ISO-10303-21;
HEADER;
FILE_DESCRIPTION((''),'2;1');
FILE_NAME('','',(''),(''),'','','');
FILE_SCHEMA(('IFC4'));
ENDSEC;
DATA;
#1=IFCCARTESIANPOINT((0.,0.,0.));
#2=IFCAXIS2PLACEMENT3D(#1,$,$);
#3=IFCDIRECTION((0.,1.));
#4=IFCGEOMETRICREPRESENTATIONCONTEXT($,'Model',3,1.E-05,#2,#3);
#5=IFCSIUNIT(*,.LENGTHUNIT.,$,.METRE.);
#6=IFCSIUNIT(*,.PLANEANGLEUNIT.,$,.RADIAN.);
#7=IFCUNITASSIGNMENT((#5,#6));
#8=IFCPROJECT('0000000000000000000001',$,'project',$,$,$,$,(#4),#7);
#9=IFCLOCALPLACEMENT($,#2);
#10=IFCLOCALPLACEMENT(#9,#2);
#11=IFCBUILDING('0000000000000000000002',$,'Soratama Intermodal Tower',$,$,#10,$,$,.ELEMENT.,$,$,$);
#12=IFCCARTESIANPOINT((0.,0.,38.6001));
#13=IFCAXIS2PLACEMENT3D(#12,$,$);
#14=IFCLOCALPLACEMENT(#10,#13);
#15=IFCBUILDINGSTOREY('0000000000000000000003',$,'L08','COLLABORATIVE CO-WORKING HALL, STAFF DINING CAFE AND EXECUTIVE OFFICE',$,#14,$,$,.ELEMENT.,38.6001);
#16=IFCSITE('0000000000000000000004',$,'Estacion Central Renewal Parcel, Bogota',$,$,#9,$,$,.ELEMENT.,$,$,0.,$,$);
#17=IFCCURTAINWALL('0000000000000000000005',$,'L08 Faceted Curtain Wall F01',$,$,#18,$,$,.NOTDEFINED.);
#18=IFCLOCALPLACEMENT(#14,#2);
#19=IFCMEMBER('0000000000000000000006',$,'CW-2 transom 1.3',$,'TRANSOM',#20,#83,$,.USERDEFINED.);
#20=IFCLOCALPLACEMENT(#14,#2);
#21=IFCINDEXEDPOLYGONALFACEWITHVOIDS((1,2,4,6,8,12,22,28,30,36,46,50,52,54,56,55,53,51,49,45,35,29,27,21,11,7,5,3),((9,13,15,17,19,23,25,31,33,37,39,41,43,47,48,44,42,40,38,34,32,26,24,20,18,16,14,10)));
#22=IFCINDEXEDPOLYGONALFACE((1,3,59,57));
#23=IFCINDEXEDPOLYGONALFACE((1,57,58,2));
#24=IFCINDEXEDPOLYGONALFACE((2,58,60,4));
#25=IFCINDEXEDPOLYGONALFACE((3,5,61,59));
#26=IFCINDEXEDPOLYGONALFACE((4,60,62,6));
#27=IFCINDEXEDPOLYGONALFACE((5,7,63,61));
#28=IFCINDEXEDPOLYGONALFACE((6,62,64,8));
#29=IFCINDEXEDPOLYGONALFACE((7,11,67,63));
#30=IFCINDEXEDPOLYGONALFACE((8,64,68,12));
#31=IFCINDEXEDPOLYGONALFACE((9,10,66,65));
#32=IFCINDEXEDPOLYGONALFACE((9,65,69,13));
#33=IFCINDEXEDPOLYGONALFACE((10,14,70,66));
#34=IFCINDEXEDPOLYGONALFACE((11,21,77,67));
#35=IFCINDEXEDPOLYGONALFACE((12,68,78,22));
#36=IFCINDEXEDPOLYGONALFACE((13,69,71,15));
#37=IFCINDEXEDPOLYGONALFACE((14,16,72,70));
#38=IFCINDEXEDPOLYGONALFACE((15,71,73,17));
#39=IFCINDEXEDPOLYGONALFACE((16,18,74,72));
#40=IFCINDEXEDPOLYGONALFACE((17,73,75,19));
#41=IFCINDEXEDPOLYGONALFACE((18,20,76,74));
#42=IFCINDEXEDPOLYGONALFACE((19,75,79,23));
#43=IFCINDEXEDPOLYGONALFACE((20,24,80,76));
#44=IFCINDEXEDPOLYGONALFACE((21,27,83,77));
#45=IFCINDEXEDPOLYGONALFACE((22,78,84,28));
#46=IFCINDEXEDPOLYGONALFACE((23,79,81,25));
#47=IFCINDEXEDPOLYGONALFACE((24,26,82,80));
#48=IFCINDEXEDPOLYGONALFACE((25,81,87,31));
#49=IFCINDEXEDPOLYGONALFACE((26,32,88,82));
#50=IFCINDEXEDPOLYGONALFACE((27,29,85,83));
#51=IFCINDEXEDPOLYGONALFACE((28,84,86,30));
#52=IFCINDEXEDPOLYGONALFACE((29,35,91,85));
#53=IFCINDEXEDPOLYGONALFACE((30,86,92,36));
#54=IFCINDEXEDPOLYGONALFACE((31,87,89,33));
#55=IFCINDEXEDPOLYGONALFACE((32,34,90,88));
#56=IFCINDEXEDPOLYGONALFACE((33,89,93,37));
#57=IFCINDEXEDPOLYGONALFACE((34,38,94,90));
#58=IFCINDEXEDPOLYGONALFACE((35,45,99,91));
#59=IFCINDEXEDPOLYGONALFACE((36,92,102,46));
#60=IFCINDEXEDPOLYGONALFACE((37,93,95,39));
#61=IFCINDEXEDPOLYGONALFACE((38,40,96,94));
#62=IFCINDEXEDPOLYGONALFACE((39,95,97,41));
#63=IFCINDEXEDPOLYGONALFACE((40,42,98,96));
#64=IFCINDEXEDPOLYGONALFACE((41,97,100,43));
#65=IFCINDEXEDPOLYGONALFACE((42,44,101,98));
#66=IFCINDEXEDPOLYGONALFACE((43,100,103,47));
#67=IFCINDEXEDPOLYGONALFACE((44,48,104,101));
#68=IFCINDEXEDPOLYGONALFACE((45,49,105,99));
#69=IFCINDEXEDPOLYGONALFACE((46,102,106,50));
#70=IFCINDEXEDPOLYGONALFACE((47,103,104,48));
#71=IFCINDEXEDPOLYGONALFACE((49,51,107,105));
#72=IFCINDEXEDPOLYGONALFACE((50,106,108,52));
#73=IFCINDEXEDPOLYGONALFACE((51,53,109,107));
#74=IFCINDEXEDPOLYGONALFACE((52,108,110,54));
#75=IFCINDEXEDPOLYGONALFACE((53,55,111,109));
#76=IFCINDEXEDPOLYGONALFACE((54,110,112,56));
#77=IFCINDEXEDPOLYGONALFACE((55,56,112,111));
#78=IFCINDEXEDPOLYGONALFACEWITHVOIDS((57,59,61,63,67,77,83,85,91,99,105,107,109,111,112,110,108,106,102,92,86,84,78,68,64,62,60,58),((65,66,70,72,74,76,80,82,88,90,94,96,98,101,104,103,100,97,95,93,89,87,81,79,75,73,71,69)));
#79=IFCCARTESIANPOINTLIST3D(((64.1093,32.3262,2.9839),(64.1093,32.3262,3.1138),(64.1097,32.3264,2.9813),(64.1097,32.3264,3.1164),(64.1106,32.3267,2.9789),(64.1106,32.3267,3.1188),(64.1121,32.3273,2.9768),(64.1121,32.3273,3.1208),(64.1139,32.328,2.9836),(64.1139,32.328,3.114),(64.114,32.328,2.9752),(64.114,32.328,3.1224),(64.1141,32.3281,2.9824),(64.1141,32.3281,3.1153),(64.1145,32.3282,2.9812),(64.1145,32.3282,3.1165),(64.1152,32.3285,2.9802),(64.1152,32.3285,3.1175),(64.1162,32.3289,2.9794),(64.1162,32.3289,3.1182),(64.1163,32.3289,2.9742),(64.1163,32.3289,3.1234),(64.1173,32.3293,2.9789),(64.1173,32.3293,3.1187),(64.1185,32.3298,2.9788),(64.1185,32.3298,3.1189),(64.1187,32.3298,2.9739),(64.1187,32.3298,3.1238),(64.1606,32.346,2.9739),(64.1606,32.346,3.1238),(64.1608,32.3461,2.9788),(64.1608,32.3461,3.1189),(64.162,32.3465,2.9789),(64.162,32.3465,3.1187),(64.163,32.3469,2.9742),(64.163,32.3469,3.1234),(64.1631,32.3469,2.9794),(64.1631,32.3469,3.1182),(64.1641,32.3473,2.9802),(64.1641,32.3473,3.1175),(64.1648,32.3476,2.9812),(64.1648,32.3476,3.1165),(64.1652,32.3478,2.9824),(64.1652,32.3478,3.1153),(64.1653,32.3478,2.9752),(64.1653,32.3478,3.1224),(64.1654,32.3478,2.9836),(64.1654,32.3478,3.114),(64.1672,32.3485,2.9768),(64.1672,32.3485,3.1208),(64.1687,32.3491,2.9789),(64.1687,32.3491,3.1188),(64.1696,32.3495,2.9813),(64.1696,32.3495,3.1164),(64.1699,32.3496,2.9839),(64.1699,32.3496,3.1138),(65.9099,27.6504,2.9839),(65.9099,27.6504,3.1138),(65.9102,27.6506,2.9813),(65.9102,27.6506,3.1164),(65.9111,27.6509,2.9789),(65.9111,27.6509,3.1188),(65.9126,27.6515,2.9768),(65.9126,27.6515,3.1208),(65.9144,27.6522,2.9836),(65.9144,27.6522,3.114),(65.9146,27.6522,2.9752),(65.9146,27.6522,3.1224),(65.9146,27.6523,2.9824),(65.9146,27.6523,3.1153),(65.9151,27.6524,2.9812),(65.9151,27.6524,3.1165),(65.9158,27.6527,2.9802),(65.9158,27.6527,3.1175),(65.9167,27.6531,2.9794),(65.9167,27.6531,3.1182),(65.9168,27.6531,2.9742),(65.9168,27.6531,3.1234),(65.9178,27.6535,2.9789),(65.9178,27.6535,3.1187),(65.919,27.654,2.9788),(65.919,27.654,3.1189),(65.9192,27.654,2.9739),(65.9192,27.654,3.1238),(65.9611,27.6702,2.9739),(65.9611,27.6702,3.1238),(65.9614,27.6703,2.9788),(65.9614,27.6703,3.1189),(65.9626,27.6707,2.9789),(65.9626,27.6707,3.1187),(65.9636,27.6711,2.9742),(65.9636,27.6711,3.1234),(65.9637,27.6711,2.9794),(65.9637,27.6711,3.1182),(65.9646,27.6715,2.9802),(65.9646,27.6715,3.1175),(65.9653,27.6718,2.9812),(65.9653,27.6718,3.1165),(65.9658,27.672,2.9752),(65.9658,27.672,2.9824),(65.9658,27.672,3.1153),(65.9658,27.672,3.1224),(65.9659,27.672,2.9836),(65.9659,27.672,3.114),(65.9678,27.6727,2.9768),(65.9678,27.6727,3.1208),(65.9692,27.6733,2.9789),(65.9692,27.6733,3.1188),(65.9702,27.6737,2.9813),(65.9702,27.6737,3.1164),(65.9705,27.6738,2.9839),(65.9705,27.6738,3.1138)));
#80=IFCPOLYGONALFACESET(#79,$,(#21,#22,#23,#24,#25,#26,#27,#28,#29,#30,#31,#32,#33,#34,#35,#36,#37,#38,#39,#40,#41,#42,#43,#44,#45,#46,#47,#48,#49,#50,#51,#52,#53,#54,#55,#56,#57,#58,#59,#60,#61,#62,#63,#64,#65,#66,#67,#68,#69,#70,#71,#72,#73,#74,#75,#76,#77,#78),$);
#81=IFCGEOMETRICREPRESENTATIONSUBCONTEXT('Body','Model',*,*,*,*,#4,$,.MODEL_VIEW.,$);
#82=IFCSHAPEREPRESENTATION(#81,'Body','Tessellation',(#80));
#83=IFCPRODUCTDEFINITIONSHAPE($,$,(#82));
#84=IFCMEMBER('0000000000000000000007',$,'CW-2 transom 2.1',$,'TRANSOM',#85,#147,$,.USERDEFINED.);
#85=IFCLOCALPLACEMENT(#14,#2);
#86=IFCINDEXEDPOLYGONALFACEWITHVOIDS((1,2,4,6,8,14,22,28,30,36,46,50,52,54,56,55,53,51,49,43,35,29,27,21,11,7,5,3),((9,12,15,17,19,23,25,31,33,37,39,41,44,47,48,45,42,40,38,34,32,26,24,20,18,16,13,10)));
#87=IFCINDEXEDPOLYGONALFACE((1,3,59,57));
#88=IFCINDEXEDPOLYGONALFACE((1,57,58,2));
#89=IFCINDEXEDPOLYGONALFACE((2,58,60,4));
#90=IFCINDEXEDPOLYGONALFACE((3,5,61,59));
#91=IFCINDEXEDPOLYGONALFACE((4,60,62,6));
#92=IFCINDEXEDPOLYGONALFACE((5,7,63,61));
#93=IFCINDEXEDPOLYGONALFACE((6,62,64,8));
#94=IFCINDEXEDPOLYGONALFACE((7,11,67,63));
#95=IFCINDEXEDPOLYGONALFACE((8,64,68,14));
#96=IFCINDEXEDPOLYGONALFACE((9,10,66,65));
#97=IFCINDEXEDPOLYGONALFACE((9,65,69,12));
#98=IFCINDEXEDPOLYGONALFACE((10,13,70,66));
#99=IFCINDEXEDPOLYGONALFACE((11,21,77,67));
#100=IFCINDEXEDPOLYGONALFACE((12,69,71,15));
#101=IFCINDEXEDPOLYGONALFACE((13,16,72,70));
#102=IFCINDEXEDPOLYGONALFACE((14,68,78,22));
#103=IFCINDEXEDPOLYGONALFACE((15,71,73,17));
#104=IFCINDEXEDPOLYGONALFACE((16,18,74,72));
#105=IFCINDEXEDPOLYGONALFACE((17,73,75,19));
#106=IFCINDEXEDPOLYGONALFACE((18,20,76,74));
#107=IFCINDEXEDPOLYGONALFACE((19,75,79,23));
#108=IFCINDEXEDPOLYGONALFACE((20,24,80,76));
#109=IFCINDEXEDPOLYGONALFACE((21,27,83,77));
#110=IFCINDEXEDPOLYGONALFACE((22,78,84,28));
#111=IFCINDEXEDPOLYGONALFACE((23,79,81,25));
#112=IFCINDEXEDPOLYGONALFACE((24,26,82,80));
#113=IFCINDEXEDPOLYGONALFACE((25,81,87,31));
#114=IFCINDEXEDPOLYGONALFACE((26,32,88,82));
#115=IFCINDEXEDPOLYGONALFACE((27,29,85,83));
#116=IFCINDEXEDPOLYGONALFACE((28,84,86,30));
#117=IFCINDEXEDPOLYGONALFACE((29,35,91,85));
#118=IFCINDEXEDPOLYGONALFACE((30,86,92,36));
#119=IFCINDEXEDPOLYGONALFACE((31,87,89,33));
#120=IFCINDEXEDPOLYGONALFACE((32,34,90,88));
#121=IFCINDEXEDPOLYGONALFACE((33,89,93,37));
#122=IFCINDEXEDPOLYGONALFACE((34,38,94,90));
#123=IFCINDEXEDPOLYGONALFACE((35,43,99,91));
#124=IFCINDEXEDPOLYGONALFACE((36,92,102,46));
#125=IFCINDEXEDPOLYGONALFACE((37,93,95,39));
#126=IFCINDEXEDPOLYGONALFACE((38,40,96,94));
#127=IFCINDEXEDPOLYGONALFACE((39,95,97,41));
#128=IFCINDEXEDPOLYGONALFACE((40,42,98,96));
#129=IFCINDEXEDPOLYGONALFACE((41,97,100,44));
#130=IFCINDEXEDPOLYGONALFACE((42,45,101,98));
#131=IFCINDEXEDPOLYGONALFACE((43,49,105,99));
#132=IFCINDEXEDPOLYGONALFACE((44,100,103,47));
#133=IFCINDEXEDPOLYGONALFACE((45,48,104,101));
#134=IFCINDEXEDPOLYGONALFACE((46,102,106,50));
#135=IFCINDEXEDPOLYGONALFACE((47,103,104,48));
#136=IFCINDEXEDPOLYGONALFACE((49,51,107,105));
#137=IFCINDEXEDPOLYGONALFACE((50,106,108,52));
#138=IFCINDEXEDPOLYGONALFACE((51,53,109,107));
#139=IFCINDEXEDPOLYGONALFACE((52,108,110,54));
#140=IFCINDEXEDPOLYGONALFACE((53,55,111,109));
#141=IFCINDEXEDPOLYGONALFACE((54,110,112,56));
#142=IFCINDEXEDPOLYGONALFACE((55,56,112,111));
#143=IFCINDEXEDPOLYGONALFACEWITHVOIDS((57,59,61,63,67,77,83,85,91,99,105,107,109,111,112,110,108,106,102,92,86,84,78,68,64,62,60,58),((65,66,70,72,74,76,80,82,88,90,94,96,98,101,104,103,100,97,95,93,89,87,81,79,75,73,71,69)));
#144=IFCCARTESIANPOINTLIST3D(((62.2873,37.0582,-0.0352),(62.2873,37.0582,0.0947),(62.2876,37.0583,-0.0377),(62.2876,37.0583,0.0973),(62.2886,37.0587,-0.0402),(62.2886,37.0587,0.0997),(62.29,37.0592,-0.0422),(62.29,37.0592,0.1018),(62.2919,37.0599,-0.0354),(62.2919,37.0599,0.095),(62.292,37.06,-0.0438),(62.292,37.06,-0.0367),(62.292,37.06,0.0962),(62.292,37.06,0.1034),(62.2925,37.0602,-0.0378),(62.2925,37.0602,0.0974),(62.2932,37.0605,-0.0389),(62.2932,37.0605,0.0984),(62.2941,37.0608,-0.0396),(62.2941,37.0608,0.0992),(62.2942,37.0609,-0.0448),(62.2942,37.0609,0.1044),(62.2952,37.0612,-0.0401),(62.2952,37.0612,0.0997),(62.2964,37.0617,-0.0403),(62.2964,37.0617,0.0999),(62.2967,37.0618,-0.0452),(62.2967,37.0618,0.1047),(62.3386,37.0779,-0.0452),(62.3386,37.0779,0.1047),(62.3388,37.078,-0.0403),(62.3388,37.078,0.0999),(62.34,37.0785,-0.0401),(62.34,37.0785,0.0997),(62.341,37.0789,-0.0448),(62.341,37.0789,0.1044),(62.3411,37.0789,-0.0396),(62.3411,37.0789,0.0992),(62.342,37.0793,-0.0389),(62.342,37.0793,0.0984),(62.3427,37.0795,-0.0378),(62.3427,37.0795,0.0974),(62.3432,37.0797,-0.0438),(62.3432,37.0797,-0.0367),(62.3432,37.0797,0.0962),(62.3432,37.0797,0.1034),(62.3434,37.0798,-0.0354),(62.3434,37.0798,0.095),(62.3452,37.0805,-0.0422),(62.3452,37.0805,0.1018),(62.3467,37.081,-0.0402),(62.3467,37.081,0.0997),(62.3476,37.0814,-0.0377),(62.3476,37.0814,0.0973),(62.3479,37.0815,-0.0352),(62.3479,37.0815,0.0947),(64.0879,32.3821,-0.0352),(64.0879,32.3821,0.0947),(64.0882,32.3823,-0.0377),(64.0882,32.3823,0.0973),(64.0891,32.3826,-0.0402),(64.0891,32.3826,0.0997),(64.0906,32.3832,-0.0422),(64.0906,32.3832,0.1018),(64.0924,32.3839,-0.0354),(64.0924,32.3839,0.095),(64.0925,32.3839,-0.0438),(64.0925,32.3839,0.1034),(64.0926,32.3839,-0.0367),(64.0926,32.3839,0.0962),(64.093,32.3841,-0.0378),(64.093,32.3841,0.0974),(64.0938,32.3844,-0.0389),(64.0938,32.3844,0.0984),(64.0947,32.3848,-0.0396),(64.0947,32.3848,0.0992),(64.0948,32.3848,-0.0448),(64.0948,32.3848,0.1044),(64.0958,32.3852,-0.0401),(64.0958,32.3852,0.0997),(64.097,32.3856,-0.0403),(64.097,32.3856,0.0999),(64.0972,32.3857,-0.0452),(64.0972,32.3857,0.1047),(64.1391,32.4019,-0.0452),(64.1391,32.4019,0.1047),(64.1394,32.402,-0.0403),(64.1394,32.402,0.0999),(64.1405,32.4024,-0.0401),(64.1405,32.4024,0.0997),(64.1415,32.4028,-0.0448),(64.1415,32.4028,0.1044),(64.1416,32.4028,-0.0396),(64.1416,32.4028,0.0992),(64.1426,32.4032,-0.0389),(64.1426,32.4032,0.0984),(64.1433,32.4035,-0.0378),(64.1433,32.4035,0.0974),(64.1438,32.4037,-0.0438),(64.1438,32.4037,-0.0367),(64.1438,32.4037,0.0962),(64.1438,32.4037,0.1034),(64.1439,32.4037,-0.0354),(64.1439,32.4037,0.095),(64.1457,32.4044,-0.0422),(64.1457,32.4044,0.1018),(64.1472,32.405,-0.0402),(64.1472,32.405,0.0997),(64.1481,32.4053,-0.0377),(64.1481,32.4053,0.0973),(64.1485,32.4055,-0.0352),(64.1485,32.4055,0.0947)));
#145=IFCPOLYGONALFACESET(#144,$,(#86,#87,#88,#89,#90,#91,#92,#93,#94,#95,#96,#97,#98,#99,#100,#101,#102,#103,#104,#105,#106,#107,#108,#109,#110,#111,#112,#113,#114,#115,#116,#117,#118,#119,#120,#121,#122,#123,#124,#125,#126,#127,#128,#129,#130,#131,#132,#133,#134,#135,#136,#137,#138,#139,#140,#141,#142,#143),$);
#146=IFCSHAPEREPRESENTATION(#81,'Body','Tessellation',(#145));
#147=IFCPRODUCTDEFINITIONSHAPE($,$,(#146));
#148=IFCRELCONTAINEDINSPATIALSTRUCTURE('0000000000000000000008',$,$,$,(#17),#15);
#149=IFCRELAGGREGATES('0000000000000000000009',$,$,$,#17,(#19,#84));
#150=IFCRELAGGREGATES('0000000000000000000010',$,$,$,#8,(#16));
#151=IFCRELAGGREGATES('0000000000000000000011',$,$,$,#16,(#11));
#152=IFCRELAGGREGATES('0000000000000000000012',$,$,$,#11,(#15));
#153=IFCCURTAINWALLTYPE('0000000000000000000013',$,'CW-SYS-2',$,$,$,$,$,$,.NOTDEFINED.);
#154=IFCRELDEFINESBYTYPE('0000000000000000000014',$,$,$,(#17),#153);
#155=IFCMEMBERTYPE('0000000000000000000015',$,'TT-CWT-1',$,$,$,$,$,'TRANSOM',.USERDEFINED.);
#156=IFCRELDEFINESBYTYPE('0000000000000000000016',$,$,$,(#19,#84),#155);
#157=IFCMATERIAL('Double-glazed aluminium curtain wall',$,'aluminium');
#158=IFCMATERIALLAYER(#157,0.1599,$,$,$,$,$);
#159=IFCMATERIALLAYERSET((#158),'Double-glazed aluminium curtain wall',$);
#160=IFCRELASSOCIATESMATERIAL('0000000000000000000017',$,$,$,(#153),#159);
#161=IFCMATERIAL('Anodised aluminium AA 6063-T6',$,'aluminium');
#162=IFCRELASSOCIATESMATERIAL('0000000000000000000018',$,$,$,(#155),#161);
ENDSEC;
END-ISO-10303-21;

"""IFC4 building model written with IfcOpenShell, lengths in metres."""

from ifc_helpers import new_model, si_unit, direction, frame, origin, origin_2d, place, context, subcontext, project, spatial, hollow_rectangle, extrude, material, layer, layer_set, material_profile, profile_set, type_object, element, aggregate, save


model = new_model("IFC4")

# Units and contexts
model_context = context("Model", 3, precision=1e-05, world=origin(), true_north=direction((0.0, 1.0)))
body_context = subcontext(model_context, "Body", "Model", "MODEL_VIEW")
ifc_project = project(units=[si_unit("LENGTHUNIT", "METRE"), si_unit("PLANEANGLEUNIT", "RADIAN")], contexts=[model_context])

# Site, building, storey
site_placement = place(None, origin())
site = spatial("IfcSite", under=ifc_project, at=site_placement, Name="Estacion Central Renewal Parcel, Bogota", CompositionType="ELEMENT", RefElevation=0.0)
building_placement = place(site_placement, origin())
building = spatial("IfcBuilding", under=site, at=building_placement, Name="Soratama Intermodal Tower", CompositionType="ELEMENT")
storey_placement = place(building_placement, frame((0.0, 0.0, 38.6001)))
storey = spatial("IfcBuildingStorey", under=building, at=storey_placement, Name="L08", Description="COLLABORATIVE CO-WORKING HALL, STAFF DINING CAFE AND EXECUTIVE OFFICE", CompositionType="ELEMENT", Elevation=38.6001)

# Curtain wall, members
ifc_material_1 = material(Name="Double-glazed aluminium curtain wall", Category="aluminium")
ifc_layer_1 = layer(ifc_material_1, 0.1599)
ifc_layer_set_1 = layer_set([ifc_layer_1], Name="Double-glazed aluminium curtain wall")
curtain_wall_type = type_object("IfcCurtainWallType", Name="CW-SYS-2", PredefinedType="NOTDEFINED", material=ifc_layer_set_1)
curtain_wall_placement = place(storey_placement, origin())
curtain_wall = element("IfcCurtainWall", 1, at=curtain_wall_placement, inside=storey, type_object=curtain_wall_type, Name="L08 Faceted Curtain Wall F01", PredefinedType="NOTDEFINED")
ifc_material_2 = material(Name="Anodised aluminium AA 6063-T6", Category="aluminium")
ifc_material_profile_1 = material_profile(ifc_material_2, hollow_rectangle(XDim=0.0649, YDim=0.1499, WallThickness=0.0049, InnerFilletRadius=0.0049, OuterFilletRadius=0.01, at=origin_2d()), Name="CWT150X65X5")
ifc_profile_set_1 = profile_set([ifc_material_profile_1], Name="Anodised aluminium AA 6063-T6")
member_type_1 = type_object("IfcMemberType", Name="TT-CWT-1", ElementType="TRANSOM", PredefinedType="USERDEFINED", material=ifc_profile_set_1)
member_1_placement = place(storey_placement, frame((65.9402, 27.6621, 3.0488), z_axis=(-0.359355, 0.933201, 0.0), x_axis=(-0.933201, -0.359355, 0.0)))
member_1 = element("IfcMember", 2, at=member_1_placement, type_object=member_type_1, Name="CW-2 transom 1.3", ObjectType="TRANSOM", PredefinedType="USERDEFINED", context=body_context, shape_type="SweptSolid", body=[
    extrude(hollow_rectangle(XDim=0.0649, YDim=0.1499, WallThickness=0.0049, InnerFilletRadius=0.0049, OuterFilletRadius=0.01, at=origin_2d()), origin(), (0.0, 0.0, 1.0), 5.0105),
])
member_2_placement = place(storey_placement, frame((64.1182, 32.3938, 0.0298), z_axis=(-0.359338, 0.933207, 0.0), x_axis=(-0.933207, -0.359338, 0.0)))
member_2 = element("IfcMember", 3, at=member_2_placement, type_object=member_type_1, Name="CW-2 transom 2.1", ObjectType="TRANSOM", PredefinedType="USERDEFINED", context=body_context, shape_type="SweptSolid", body=[
    extrude(hollow_rectangle(XDim=0.0649, YDim=0.1499, WallThickness=0.0049, InnerFilletRadius=0.0049, OuterFilletRadius=0.01, at=origin_2d()), origin(), (0.0, 0.0, 1.0), 5.0107),
])
aggregate(curtain_wall, [member_1, member_2])

save(model, "model.ifc")
